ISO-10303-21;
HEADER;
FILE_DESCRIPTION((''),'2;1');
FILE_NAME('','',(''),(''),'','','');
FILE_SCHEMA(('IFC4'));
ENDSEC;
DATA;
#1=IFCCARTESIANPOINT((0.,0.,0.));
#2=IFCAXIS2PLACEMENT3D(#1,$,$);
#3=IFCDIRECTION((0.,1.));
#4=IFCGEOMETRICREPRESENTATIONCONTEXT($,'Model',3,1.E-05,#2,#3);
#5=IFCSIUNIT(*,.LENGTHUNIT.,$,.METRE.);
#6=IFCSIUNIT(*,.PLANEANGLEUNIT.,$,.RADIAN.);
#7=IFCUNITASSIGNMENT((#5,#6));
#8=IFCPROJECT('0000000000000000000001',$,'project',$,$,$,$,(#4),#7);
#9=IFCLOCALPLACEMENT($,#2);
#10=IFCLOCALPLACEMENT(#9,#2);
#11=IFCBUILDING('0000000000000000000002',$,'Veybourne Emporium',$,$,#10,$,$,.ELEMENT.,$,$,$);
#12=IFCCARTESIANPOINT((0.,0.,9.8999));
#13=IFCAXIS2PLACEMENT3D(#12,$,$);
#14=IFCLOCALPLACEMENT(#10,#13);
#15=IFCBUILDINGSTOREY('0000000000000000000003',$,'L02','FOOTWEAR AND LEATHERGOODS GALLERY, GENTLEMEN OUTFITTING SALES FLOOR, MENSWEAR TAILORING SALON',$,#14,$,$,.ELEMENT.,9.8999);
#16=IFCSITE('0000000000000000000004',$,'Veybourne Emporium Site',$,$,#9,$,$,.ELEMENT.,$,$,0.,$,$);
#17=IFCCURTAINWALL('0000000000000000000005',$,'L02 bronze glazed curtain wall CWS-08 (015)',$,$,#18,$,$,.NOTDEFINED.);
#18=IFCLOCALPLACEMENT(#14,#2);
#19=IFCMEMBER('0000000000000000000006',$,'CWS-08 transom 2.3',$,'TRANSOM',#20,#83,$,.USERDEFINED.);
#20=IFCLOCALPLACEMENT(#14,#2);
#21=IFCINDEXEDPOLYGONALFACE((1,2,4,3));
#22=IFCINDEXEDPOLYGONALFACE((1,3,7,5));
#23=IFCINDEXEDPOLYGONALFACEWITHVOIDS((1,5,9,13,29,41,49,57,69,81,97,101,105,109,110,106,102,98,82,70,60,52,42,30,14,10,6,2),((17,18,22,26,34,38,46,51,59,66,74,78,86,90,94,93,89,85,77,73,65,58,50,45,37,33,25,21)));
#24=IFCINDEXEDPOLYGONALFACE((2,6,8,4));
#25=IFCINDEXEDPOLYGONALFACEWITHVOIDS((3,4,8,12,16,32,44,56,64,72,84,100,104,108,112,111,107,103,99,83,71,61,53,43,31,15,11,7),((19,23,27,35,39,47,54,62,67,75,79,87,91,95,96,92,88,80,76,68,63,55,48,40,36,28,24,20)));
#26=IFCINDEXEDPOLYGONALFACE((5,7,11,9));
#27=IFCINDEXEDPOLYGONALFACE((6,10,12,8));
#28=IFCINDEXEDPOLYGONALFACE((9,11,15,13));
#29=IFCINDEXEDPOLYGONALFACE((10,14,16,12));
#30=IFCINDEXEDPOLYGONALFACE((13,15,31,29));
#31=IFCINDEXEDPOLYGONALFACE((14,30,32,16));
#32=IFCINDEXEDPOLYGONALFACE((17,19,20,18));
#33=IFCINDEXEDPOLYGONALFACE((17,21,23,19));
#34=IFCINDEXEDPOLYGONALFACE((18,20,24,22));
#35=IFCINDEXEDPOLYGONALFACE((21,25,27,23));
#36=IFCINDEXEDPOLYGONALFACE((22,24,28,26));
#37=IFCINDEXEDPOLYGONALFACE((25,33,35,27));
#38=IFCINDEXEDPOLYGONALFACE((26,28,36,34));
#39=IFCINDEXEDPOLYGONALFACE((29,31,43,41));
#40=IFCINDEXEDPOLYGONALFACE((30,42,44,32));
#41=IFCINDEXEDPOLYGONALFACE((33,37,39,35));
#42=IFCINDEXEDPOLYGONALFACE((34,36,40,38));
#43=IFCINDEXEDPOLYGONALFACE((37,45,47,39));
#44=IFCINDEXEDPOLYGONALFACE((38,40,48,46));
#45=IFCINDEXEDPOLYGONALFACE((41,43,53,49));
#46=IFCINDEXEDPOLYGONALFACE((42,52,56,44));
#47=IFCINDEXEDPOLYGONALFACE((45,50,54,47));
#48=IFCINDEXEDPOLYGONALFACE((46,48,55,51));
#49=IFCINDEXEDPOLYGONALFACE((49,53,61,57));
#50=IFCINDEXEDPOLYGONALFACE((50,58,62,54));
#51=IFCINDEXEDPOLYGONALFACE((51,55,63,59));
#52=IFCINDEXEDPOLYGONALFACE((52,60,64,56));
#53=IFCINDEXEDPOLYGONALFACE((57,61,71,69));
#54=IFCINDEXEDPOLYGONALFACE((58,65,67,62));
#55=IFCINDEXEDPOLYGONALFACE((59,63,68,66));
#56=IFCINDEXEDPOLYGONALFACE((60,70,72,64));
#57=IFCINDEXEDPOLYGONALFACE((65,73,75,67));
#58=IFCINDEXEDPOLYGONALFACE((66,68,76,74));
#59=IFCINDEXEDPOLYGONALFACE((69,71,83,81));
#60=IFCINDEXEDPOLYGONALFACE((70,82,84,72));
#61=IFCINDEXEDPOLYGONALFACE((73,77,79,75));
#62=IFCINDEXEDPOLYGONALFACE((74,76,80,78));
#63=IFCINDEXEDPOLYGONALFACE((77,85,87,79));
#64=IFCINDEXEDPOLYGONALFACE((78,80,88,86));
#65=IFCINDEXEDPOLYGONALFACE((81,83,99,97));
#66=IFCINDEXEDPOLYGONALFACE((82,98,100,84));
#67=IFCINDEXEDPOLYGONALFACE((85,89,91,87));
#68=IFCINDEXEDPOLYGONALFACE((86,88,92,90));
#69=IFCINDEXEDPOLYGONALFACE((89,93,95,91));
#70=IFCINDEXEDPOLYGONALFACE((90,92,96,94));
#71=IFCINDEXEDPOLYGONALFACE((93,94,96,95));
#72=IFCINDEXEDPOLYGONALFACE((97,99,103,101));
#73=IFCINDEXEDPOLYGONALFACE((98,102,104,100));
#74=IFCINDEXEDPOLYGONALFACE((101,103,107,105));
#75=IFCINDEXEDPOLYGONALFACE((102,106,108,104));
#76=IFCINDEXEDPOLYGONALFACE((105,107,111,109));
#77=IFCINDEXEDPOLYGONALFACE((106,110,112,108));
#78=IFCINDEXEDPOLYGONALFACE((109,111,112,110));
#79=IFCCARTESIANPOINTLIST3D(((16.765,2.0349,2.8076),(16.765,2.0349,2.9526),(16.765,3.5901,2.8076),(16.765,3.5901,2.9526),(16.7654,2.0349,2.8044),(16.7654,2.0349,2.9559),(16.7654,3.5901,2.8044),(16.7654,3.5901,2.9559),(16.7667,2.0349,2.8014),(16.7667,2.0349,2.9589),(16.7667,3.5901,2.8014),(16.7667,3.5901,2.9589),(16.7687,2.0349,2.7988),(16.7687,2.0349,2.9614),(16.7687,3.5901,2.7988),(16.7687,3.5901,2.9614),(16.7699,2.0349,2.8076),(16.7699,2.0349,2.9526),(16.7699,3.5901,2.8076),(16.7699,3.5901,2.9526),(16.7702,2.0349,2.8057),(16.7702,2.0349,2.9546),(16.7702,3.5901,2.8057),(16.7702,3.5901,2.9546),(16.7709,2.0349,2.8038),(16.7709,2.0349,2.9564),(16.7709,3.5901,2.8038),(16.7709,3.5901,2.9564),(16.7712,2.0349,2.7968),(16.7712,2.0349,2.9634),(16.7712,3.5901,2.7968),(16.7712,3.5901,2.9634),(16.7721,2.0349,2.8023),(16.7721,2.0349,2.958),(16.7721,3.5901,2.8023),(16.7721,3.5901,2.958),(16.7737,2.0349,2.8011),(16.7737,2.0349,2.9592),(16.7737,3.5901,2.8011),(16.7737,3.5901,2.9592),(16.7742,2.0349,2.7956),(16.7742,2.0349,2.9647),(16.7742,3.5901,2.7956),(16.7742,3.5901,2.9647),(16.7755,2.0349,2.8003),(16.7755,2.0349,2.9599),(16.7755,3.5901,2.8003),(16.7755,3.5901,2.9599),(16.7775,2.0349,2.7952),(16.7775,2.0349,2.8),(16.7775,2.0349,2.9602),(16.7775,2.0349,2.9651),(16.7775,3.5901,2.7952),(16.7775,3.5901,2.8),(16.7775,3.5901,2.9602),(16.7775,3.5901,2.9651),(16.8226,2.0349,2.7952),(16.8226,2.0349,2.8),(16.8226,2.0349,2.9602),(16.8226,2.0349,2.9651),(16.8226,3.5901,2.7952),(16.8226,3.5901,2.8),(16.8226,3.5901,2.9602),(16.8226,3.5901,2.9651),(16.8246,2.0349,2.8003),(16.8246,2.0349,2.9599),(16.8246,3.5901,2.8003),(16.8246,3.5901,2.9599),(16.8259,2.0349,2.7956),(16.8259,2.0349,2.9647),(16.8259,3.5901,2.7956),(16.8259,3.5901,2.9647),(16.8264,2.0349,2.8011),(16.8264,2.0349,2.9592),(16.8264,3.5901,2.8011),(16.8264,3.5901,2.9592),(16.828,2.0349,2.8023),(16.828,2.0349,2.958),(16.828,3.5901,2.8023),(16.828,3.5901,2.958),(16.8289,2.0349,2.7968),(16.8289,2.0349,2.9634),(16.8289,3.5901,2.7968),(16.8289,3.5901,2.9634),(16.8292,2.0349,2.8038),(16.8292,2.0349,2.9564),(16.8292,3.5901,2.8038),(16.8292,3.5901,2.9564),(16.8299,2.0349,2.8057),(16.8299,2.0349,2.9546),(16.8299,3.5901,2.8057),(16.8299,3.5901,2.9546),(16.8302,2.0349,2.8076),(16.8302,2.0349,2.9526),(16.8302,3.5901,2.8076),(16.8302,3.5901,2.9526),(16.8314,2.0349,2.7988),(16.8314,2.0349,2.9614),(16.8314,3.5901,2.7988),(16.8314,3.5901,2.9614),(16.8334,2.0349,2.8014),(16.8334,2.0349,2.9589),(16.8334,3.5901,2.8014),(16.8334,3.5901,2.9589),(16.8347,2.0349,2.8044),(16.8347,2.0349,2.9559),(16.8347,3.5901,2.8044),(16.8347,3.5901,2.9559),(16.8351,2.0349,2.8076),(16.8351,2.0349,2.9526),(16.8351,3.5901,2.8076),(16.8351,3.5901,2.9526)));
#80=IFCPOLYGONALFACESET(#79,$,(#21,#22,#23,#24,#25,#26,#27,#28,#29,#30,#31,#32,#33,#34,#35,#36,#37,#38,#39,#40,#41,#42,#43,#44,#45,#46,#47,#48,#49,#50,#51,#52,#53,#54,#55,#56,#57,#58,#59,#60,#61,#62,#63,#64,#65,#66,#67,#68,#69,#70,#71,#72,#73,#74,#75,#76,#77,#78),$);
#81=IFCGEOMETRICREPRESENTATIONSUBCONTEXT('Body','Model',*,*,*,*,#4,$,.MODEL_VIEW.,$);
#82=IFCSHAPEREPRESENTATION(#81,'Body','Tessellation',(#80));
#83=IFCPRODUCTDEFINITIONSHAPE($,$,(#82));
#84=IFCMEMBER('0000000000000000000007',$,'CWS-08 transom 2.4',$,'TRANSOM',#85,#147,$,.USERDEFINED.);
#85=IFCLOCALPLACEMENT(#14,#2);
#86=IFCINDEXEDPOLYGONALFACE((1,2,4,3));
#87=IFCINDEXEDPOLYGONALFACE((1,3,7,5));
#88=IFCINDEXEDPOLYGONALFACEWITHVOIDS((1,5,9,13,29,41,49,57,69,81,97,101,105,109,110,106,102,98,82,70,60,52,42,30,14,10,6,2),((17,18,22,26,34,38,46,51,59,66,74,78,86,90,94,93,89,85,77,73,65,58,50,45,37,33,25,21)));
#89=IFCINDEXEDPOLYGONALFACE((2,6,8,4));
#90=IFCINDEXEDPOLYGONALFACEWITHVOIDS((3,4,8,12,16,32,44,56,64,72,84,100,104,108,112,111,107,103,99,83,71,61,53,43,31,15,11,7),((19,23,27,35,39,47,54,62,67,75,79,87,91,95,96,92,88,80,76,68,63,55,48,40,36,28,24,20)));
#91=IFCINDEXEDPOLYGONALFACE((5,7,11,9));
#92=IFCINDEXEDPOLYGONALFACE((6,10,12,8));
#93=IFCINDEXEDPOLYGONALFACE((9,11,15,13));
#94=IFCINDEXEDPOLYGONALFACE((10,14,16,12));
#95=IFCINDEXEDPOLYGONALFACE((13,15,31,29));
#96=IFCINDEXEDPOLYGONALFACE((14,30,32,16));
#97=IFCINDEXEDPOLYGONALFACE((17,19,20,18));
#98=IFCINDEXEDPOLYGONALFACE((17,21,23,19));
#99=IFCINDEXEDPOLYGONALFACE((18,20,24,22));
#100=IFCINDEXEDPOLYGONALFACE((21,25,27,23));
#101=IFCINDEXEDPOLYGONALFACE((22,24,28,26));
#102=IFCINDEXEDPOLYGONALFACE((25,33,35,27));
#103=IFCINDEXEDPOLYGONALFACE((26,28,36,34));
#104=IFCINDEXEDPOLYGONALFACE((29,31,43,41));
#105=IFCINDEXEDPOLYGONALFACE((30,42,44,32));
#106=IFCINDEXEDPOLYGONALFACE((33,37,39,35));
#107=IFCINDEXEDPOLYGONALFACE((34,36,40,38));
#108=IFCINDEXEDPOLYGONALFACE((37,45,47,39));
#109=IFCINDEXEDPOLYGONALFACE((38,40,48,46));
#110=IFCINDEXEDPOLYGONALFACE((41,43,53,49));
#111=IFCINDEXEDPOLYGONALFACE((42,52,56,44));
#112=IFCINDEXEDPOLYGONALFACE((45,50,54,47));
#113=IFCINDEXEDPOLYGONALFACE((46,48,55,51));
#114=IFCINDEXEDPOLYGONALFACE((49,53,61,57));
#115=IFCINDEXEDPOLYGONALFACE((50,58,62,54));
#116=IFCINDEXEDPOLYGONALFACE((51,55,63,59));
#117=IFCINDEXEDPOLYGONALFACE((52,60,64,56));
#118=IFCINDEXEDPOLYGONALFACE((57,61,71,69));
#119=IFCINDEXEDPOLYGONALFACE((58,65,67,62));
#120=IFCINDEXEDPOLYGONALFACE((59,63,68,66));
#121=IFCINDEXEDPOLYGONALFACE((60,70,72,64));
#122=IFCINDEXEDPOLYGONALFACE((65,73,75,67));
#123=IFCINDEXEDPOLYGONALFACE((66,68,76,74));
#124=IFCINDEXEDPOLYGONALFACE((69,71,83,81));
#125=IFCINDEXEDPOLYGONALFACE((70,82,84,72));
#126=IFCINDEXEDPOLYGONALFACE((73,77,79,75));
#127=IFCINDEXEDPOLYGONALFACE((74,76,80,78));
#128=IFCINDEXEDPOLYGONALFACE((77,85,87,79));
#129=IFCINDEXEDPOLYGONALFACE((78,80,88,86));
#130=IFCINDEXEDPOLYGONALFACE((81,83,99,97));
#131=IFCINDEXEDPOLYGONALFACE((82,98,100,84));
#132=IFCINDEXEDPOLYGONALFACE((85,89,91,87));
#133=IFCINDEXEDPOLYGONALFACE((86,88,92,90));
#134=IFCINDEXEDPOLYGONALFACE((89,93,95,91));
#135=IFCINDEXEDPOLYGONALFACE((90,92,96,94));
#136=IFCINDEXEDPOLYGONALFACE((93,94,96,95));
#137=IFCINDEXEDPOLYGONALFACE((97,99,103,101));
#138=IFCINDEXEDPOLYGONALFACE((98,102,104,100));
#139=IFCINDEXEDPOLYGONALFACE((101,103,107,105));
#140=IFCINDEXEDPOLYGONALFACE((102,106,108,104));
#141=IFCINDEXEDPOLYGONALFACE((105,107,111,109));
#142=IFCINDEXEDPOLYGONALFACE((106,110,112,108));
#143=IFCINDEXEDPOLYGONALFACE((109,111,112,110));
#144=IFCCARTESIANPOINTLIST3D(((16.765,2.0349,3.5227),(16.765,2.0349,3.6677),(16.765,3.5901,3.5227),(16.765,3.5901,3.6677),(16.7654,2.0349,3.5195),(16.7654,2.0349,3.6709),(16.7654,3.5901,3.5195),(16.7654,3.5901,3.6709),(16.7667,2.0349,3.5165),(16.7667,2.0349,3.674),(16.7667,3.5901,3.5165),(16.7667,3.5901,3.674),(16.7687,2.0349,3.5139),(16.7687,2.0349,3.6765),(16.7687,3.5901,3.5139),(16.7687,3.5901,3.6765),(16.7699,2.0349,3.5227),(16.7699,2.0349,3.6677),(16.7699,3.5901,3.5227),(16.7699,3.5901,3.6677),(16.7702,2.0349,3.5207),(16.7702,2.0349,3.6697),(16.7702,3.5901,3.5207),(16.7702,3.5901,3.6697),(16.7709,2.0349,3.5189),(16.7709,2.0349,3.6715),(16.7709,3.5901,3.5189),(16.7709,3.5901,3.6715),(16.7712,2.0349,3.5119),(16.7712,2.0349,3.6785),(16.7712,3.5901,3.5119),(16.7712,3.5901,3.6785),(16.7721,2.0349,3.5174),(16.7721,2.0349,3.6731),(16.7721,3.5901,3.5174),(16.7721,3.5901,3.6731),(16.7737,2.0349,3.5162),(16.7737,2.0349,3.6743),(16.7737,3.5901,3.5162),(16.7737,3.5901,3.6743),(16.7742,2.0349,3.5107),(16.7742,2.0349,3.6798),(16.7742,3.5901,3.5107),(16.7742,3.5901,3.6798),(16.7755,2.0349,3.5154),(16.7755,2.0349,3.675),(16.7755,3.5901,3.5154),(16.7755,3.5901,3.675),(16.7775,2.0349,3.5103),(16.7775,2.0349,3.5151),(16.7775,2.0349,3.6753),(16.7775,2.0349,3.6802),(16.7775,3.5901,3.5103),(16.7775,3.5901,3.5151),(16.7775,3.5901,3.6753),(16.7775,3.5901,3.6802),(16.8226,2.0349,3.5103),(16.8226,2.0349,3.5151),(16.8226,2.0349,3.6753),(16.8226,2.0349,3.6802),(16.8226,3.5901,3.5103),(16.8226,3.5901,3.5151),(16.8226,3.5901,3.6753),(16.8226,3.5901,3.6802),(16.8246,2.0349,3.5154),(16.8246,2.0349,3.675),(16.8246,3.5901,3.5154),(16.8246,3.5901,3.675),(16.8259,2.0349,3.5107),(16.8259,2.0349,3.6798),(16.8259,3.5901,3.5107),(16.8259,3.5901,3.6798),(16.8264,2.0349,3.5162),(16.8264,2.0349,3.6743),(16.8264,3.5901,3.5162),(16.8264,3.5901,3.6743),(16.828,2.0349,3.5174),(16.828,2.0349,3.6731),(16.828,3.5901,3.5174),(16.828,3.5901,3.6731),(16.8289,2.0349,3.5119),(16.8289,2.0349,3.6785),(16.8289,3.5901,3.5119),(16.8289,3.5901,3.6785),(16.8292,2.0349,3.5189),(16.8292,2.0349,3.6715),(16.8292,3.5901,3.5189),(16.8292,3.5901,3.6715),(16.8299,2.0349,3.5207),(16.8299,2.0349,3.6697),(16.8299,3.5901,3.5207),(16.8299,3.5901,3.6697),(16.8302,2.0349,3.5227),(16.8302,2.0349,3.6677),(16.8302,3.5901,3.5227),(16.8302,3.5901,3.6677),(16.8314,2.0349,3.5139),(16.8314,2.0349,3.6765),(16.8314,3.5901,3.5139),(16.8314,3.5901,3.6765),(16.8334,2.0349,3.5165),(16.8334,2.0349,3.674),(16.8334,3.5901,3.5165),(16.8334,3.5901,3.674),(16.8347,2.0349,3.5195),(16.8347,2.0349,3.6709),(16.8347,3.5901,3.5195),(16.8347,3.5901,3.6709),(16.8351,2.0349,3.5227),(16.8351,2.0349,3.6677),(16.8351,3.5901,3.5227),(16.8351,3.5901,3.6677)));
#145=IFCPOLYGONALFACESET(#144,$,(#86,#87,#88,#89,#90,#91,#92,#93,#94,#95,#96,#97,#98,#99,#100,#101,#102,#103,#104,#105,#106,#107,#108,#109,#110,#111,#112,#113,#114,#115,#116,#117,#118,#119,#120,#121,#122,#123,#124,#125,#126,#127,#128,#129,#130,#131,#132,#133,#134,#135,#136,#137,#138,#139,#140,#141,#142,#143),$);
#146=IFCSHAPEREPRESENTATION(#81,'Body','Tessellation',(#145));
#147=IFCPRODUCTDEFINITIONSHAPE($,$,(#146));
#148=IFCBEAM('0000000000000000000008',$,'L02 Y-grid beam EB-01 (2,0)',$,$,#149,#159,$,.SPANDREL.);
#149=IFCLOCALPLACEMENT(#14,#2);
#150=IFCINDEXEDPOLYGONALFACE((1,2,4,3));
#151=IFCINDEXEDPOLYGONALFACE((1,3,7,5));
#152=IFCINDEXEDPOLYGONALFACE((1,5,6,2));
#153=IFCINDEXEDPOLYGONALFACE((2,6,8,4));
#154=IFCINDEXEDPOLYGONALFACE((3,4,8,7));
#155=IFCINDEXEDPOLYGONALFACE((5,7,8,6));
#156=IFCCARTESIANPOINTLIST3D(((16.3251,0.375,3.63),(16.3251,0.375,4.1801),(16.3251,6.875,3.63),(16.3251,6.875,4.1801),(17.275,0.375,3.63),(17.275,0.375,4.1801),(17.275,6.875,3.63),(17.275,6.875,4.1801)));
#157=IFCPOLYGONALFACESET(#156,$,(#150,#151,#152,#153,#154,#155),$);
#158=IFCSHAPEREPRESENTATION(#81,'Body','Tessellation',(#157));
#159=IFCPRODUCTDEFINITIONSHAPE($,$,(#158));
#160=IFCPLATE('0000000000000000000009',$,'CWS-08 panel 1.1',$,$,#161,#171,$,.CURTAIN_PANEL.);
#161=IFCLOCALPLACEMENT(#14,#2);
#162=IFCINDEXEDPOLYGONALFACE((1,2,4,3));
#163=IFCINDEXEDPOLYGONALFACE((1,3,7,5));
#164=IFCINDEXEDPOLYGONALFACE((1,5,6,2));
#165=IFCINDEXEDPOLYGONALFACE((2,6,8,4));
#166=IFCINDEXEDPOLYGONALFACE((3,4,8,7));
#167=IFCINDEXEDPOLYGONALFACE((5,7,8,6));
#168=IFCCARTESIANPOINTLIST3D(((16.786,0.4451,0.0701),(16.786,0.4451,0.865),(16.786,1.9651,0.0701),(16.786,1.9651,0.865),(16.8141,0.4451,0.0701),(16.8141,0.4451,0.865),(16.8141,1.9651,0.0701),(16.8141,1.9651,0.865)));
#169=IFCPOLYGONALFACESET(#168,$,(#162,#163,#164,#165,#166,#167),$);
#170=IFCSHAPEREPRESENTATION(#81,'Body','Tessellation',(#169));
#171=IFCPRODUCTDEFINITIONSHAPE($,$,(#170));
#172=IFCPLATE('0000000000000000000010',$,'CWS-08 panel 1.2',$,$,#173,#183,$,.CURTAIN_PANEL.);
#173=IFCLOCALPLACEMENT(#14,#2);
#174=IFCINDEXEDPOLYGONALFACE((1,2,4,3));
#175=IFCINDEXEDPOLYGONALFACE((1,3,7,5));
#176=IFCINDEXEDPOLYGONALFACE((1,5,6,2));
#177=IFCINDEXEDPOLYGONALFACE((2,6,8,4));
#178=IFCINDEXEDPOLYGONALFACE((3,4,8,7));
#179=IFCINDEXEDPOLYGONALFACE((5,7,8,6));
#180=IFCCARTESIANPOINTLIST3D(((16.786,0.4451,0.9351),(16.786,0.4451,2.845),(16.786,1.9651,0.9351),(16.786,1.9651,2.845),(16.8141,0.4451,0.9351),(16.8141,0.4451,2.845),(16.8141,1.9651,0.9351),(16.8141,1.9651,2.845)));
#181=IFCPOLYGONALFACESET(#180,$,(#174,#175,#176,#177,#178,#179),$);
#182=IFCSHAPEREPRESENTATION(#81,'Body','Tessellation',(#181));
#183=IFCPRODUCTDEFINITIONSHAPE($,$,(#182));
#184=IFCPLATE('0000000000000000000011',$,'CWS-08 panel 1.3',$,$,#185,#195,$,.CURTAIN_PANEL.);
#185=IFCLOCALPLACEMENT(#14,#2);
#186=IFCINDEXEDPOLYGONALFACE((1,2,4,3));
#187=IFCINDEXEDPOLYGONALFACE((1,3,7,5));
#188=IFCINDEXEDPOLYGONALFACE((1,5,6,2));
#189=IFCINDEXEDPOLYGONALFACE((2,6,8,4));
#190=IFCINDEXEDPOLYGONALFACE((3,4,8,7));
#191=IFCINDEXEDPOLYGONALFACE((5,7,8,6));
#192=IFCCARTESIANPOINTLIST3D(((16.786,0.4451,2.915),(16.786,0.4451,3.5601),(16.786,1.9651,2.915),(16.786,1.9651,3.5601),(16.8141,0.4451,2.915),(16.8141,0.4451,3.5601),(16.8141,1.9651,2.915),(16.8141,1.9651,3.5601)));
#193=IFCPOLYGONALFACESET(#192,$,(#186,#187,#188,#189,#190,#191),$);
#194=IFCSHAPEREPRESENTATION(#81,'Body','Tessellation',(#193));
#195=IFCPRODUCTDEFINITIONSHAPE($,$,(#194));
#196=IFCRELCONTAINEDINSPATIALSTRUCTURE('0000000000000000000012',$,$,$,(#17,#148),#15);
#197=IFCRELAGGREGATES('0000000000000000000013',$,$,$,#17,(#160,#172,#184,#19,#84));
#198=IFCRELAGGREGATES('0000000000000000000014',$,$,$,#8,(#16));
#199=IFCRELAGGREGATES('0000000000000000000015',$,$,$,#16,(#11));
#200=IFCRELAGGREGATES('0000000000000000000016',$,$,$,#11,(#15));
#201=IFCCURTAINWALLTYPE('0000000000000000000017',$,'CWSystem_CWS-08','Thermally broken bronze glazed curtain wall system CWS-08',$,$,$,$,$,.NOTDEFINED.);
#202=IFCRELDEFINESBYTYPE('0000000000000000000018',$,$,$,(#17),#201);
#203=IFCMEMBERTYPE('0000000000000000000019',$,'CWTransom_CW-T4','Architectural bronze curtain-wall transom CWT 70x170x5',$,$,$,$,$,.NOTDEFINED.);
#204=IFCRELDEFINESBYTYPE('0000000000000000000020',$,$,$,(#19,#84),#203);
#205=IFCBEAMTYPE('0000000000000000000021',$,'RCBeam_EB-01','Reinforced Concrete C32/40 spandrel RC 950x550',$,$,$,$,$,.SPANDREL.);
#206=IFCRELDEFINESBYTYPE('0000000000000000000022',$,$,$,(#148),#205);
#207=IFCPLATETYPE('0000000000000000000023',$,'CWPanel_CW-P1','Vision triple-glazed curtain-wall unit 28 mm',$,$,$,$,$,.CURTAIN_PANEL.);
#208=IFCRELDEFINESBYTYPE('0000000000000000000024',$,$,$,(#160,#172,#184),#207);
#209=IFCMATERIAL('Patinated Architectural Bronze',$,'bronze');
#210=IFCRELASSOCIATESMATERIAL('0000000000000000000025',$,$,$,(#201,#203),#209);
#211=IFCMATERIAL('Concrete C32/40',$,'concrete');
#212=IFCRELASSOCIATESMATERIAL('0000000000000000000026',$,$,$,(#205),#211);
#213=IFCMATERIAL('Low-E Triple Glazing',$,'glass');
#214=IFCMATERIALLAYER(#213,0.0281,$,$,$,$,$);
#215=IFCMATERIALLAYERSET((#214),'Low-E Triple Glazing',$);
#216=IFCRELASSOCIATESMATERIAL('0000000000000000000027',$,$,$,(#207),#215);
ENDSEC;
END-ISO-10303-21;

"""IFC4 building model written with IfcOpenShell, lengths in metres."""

from ifc_helpers import new_model, si_unit, direction, frame, origin, origin_2d, place, context, subcontext, project, spatial, rectangle, hollow_rectangle, extrude, material, layer, layer_set, material_profile, profile_set, type_object, element, aggregate, save


model = new_model("IFC4")

# Units and contexts
model_context = context("Model", 3, precision=1e-05, world=origin(), true_north=direction((0.0, 1.0)))
body_context = subcontext(model_context, "Body", "Model", "MODEL_VIEW")
ifc_project = project(units=[si_unit("LENGTHUNIT", "METRE"), si_unit("PLANEANGLEUNIT", "RADIAN")], contexts=[model_context])

# Site, building, storey
site_placement = place(None, origin())
site = spatial("IfcSite", under=ifc_project, at=site_placement, Name="Veybourne Emporium Site", CompositionType="ELEMENT", RefElevation=0.0)
building_placement = place(site_placement, origin())
building = spatial("IfcBuilding", under=site, at=building_placement, Name="Veybourne Emporium", CompositionType="ELEMENT")
storey_placement = place(building_placement, frame((0.0, 0.0, 9.8999)))
storey = spatial("IfcBuildingStorey", under=building, at=storey_placement, Name="L02", Description="FOOTWEAR AND LEATHERGOODS GALLERY, GENTLEMEN OUTFITTING SALES FLOOR, MENSWEAR TAILORING SALON", CompositionType="ELEMENT", Elevation=9.8999)

# Curtain wall, members
ifc_material_1 = material(Name="Patinated Architectural Bronze", Category="bronze")
curtain_wall_type = type_object("IfcCurtainWallType", Name="CWSystem_CWS-08", Description="Thermally broken bronze glazed curtain wall system CWS-08", PredefinedType="NOTDEFINED", material=ifc_material_1)
curtain_wall_placement = place(storey_placement, origin())
curtain_wall = element("IfcCurtainWall", 1, at=curtain_wall_placement, inside=storey, type_object=curtain_wall_type, Name="L02 bronze glazed curtain wall CWS-08 (015)", PredefinedType="NOTDEFINED")
ifc_material_profile_1 = material_profile(ifc_material_1, hollow_rectangle(XDim=0.0701, YDim=0.1699, WallThickness=0.0049, InnerFilletRadius=0.0076, OuterFilletRadius=0.0125, at=origin_2d()), Name="CWT 70x170x5")
ifc_profile_set_1 = profile_set([ifc_material_profile_1], Name="Patinated Architectural Bronze")
member_type_1 = type_object("IfcMemberType", Name="CWTransom_CW-T4", Description="Architectural bronze curtain-wall transom CWT 70x170x5", PredefinedType="NOTDEFINED", material=ifc_profile_set_1)
member_1_placement = place(storey_placement, frame((16.8, 2.0349, 2.8801), z_axis=(0.0, 1.0, 0.0), x_axis=(-1.0, 0.0, 0.0)))
member_1 = element("IfcMember", 2, at=member_1_placement, type_object=member_type_1, Name="CWS-08 transom 2.3", ObjectType="TRANSOM", PredefinedType="USERDEFINED", context=body_context, shape_type="SweptSolid", body=[
    extrude(hollow_rectangle(XDim=0.0701, YDim=0.1699, WallThickness=0.0049, InnerFilletRadius=0.0076, OuterFilletRadius=0.0125, at=origin_2d()), origin(), (0.0, 0.0, 1.0), 1.5552),
])
member_2_placement = place(storey_placement, frame((16.8, 2.0349, 3.5952), z_axis=(0.0, 1.0, 0.0), x_axis=(-1.0, 0.0, 0.0)))
member_2 = element("IfcMember", 3, at=member_2_placement, type_object=member_type_1, Name="CWS-08 transom 2.4", ObjectType="TRANSOM", PredefinedType="USERDEFINED", context=body_context, shape_type="SweptSolid", body=[
    extrude(hollow_rectangle(XDim=0.0701, YDim=0.1699, WallThickness=0.0049, InnerFilletRadius=0.0076, OuterFilletRadius=0.0125, at=origin_2d()), origin(), (0.0, 0.0, 1.0), 1.5552),
])

# Beam
ifc_material_2 = material(Name="Concrete C32/40", Category="concrete")
ifc_material_profile_2 = material_profile(ifc_material_2, rectangle(XDim=0.95, YDim=0.55, at=origin_2d()), Name="RC 950x550")
ifc_profile_set_2 = profile_set([ifc_material_profile_2], Name="Concrete C32/40")
beam_type = type_object("IfcBeamType", Name="RCBeam_EB-01", Description="Reinforced Concrete C32/40 spandrel RC 950x550", PredefinedType="SPANDREL", material=ifc_profile_set_2)
beam_placement = place(storey_placement, frame((16.8, 0.375, 3.905), z_axis=(0.0, 1.0, 0.0), x_axis=(-1.0, 0.0, 0.0)))
element("IfcBeam", 4, at=beam_placement, inside=storey, type_object=beam_type, Name="L02 Y-grid beam EB-01 (2,0)", PredefinedType="SPANDREL", context=body_context, shape_type="SweptSolid", body=[
    extrude(rectangle(XDim=0.95, YDim=0.55, at=origin_2d()), origin(), (0.0, 0.0, 1.0), 6.5),
])

# Plates
ifc_material_3 = material(Name="Low-E Triple Glazing", Category="glass")
ifc_layer_1 = layer(ifc_material_3, 0.0281)
ifc_layer_set_1 = layer_set([ifc_layer_1], Name="Low-E Triple Glazing")
plate_type = type_object("IfcPlateType", Name="CWPanel_CW-P1", Description="Vision triple-glazed curtain-wall unit 28 mm", PredefinedType="CURTAIN_PANEL", material=ifc_layer_set_1)
plate_1_placement = place(storey_placement, frame((16.8, 1.2051, 0.0701), z_axis=(0.0, 0.0, 1.0), x_axis=(0.0, 1.0, 0.0)))
plate_1 = element("IfcPlate", 5, at=plate_1_placement, type_object=plate_type, Name="CWS-08 panel 1.1", PredefinedType="CURTAIN_PANEL", context=body_context, shape_type="SweptSolid", body=[
    extrude(rectangle(XDim=1.52, YDim=0.0281, at=origin_2d()), origin(), (0.0, 0.0, 1.0), 0.7949),
])
plate_2_placement = place(storey_placement, frame((16.8, 1.2051, 0.9351), z_axis=(0.0, 0.0, 1.0), x_axis=(0.0, 1.0, 0.0)))
plate_2 = element("IfcPlate", 6, at=plate_2_placement, type_object=plate_type, Name="CWS-08 panel 1.2", PredefinedType="CURTAIN_PANEL", context=body_context, shape_type="SweptSolid", body=[
    extrude(rectangle(XDim=1.52, YDim=0.0281, at=origin_2d()), origin(), (0.0, 0.0, 1.0), 1.9099),
])
plate_3_placement = place(storey_placement, frame((16.8, 1.2051, 2.915), z_axis=(0.0, 0.0, 1.0), x_axis=(0.0, 1.0, 0.0)))
plate_3 = element("IfcPlate", 7, at=plate_3_placement, type_object=plate_type, Name="CWS-08 panel 1.3", PredefinedType="CURTAIN_PANEL", context=body_context, shape_type="SweptSolid", body=[
    extrude(rectangle(XDim=1.52, YDim=0.0281, at=origin_2d()), origin(), (0.0, 0.0, 1.0), 0.645),
])
aggregate(curtain_wall, [plate_1, plate_2, plate_3, member_1, member_2])

save(model, "model.ifc")
